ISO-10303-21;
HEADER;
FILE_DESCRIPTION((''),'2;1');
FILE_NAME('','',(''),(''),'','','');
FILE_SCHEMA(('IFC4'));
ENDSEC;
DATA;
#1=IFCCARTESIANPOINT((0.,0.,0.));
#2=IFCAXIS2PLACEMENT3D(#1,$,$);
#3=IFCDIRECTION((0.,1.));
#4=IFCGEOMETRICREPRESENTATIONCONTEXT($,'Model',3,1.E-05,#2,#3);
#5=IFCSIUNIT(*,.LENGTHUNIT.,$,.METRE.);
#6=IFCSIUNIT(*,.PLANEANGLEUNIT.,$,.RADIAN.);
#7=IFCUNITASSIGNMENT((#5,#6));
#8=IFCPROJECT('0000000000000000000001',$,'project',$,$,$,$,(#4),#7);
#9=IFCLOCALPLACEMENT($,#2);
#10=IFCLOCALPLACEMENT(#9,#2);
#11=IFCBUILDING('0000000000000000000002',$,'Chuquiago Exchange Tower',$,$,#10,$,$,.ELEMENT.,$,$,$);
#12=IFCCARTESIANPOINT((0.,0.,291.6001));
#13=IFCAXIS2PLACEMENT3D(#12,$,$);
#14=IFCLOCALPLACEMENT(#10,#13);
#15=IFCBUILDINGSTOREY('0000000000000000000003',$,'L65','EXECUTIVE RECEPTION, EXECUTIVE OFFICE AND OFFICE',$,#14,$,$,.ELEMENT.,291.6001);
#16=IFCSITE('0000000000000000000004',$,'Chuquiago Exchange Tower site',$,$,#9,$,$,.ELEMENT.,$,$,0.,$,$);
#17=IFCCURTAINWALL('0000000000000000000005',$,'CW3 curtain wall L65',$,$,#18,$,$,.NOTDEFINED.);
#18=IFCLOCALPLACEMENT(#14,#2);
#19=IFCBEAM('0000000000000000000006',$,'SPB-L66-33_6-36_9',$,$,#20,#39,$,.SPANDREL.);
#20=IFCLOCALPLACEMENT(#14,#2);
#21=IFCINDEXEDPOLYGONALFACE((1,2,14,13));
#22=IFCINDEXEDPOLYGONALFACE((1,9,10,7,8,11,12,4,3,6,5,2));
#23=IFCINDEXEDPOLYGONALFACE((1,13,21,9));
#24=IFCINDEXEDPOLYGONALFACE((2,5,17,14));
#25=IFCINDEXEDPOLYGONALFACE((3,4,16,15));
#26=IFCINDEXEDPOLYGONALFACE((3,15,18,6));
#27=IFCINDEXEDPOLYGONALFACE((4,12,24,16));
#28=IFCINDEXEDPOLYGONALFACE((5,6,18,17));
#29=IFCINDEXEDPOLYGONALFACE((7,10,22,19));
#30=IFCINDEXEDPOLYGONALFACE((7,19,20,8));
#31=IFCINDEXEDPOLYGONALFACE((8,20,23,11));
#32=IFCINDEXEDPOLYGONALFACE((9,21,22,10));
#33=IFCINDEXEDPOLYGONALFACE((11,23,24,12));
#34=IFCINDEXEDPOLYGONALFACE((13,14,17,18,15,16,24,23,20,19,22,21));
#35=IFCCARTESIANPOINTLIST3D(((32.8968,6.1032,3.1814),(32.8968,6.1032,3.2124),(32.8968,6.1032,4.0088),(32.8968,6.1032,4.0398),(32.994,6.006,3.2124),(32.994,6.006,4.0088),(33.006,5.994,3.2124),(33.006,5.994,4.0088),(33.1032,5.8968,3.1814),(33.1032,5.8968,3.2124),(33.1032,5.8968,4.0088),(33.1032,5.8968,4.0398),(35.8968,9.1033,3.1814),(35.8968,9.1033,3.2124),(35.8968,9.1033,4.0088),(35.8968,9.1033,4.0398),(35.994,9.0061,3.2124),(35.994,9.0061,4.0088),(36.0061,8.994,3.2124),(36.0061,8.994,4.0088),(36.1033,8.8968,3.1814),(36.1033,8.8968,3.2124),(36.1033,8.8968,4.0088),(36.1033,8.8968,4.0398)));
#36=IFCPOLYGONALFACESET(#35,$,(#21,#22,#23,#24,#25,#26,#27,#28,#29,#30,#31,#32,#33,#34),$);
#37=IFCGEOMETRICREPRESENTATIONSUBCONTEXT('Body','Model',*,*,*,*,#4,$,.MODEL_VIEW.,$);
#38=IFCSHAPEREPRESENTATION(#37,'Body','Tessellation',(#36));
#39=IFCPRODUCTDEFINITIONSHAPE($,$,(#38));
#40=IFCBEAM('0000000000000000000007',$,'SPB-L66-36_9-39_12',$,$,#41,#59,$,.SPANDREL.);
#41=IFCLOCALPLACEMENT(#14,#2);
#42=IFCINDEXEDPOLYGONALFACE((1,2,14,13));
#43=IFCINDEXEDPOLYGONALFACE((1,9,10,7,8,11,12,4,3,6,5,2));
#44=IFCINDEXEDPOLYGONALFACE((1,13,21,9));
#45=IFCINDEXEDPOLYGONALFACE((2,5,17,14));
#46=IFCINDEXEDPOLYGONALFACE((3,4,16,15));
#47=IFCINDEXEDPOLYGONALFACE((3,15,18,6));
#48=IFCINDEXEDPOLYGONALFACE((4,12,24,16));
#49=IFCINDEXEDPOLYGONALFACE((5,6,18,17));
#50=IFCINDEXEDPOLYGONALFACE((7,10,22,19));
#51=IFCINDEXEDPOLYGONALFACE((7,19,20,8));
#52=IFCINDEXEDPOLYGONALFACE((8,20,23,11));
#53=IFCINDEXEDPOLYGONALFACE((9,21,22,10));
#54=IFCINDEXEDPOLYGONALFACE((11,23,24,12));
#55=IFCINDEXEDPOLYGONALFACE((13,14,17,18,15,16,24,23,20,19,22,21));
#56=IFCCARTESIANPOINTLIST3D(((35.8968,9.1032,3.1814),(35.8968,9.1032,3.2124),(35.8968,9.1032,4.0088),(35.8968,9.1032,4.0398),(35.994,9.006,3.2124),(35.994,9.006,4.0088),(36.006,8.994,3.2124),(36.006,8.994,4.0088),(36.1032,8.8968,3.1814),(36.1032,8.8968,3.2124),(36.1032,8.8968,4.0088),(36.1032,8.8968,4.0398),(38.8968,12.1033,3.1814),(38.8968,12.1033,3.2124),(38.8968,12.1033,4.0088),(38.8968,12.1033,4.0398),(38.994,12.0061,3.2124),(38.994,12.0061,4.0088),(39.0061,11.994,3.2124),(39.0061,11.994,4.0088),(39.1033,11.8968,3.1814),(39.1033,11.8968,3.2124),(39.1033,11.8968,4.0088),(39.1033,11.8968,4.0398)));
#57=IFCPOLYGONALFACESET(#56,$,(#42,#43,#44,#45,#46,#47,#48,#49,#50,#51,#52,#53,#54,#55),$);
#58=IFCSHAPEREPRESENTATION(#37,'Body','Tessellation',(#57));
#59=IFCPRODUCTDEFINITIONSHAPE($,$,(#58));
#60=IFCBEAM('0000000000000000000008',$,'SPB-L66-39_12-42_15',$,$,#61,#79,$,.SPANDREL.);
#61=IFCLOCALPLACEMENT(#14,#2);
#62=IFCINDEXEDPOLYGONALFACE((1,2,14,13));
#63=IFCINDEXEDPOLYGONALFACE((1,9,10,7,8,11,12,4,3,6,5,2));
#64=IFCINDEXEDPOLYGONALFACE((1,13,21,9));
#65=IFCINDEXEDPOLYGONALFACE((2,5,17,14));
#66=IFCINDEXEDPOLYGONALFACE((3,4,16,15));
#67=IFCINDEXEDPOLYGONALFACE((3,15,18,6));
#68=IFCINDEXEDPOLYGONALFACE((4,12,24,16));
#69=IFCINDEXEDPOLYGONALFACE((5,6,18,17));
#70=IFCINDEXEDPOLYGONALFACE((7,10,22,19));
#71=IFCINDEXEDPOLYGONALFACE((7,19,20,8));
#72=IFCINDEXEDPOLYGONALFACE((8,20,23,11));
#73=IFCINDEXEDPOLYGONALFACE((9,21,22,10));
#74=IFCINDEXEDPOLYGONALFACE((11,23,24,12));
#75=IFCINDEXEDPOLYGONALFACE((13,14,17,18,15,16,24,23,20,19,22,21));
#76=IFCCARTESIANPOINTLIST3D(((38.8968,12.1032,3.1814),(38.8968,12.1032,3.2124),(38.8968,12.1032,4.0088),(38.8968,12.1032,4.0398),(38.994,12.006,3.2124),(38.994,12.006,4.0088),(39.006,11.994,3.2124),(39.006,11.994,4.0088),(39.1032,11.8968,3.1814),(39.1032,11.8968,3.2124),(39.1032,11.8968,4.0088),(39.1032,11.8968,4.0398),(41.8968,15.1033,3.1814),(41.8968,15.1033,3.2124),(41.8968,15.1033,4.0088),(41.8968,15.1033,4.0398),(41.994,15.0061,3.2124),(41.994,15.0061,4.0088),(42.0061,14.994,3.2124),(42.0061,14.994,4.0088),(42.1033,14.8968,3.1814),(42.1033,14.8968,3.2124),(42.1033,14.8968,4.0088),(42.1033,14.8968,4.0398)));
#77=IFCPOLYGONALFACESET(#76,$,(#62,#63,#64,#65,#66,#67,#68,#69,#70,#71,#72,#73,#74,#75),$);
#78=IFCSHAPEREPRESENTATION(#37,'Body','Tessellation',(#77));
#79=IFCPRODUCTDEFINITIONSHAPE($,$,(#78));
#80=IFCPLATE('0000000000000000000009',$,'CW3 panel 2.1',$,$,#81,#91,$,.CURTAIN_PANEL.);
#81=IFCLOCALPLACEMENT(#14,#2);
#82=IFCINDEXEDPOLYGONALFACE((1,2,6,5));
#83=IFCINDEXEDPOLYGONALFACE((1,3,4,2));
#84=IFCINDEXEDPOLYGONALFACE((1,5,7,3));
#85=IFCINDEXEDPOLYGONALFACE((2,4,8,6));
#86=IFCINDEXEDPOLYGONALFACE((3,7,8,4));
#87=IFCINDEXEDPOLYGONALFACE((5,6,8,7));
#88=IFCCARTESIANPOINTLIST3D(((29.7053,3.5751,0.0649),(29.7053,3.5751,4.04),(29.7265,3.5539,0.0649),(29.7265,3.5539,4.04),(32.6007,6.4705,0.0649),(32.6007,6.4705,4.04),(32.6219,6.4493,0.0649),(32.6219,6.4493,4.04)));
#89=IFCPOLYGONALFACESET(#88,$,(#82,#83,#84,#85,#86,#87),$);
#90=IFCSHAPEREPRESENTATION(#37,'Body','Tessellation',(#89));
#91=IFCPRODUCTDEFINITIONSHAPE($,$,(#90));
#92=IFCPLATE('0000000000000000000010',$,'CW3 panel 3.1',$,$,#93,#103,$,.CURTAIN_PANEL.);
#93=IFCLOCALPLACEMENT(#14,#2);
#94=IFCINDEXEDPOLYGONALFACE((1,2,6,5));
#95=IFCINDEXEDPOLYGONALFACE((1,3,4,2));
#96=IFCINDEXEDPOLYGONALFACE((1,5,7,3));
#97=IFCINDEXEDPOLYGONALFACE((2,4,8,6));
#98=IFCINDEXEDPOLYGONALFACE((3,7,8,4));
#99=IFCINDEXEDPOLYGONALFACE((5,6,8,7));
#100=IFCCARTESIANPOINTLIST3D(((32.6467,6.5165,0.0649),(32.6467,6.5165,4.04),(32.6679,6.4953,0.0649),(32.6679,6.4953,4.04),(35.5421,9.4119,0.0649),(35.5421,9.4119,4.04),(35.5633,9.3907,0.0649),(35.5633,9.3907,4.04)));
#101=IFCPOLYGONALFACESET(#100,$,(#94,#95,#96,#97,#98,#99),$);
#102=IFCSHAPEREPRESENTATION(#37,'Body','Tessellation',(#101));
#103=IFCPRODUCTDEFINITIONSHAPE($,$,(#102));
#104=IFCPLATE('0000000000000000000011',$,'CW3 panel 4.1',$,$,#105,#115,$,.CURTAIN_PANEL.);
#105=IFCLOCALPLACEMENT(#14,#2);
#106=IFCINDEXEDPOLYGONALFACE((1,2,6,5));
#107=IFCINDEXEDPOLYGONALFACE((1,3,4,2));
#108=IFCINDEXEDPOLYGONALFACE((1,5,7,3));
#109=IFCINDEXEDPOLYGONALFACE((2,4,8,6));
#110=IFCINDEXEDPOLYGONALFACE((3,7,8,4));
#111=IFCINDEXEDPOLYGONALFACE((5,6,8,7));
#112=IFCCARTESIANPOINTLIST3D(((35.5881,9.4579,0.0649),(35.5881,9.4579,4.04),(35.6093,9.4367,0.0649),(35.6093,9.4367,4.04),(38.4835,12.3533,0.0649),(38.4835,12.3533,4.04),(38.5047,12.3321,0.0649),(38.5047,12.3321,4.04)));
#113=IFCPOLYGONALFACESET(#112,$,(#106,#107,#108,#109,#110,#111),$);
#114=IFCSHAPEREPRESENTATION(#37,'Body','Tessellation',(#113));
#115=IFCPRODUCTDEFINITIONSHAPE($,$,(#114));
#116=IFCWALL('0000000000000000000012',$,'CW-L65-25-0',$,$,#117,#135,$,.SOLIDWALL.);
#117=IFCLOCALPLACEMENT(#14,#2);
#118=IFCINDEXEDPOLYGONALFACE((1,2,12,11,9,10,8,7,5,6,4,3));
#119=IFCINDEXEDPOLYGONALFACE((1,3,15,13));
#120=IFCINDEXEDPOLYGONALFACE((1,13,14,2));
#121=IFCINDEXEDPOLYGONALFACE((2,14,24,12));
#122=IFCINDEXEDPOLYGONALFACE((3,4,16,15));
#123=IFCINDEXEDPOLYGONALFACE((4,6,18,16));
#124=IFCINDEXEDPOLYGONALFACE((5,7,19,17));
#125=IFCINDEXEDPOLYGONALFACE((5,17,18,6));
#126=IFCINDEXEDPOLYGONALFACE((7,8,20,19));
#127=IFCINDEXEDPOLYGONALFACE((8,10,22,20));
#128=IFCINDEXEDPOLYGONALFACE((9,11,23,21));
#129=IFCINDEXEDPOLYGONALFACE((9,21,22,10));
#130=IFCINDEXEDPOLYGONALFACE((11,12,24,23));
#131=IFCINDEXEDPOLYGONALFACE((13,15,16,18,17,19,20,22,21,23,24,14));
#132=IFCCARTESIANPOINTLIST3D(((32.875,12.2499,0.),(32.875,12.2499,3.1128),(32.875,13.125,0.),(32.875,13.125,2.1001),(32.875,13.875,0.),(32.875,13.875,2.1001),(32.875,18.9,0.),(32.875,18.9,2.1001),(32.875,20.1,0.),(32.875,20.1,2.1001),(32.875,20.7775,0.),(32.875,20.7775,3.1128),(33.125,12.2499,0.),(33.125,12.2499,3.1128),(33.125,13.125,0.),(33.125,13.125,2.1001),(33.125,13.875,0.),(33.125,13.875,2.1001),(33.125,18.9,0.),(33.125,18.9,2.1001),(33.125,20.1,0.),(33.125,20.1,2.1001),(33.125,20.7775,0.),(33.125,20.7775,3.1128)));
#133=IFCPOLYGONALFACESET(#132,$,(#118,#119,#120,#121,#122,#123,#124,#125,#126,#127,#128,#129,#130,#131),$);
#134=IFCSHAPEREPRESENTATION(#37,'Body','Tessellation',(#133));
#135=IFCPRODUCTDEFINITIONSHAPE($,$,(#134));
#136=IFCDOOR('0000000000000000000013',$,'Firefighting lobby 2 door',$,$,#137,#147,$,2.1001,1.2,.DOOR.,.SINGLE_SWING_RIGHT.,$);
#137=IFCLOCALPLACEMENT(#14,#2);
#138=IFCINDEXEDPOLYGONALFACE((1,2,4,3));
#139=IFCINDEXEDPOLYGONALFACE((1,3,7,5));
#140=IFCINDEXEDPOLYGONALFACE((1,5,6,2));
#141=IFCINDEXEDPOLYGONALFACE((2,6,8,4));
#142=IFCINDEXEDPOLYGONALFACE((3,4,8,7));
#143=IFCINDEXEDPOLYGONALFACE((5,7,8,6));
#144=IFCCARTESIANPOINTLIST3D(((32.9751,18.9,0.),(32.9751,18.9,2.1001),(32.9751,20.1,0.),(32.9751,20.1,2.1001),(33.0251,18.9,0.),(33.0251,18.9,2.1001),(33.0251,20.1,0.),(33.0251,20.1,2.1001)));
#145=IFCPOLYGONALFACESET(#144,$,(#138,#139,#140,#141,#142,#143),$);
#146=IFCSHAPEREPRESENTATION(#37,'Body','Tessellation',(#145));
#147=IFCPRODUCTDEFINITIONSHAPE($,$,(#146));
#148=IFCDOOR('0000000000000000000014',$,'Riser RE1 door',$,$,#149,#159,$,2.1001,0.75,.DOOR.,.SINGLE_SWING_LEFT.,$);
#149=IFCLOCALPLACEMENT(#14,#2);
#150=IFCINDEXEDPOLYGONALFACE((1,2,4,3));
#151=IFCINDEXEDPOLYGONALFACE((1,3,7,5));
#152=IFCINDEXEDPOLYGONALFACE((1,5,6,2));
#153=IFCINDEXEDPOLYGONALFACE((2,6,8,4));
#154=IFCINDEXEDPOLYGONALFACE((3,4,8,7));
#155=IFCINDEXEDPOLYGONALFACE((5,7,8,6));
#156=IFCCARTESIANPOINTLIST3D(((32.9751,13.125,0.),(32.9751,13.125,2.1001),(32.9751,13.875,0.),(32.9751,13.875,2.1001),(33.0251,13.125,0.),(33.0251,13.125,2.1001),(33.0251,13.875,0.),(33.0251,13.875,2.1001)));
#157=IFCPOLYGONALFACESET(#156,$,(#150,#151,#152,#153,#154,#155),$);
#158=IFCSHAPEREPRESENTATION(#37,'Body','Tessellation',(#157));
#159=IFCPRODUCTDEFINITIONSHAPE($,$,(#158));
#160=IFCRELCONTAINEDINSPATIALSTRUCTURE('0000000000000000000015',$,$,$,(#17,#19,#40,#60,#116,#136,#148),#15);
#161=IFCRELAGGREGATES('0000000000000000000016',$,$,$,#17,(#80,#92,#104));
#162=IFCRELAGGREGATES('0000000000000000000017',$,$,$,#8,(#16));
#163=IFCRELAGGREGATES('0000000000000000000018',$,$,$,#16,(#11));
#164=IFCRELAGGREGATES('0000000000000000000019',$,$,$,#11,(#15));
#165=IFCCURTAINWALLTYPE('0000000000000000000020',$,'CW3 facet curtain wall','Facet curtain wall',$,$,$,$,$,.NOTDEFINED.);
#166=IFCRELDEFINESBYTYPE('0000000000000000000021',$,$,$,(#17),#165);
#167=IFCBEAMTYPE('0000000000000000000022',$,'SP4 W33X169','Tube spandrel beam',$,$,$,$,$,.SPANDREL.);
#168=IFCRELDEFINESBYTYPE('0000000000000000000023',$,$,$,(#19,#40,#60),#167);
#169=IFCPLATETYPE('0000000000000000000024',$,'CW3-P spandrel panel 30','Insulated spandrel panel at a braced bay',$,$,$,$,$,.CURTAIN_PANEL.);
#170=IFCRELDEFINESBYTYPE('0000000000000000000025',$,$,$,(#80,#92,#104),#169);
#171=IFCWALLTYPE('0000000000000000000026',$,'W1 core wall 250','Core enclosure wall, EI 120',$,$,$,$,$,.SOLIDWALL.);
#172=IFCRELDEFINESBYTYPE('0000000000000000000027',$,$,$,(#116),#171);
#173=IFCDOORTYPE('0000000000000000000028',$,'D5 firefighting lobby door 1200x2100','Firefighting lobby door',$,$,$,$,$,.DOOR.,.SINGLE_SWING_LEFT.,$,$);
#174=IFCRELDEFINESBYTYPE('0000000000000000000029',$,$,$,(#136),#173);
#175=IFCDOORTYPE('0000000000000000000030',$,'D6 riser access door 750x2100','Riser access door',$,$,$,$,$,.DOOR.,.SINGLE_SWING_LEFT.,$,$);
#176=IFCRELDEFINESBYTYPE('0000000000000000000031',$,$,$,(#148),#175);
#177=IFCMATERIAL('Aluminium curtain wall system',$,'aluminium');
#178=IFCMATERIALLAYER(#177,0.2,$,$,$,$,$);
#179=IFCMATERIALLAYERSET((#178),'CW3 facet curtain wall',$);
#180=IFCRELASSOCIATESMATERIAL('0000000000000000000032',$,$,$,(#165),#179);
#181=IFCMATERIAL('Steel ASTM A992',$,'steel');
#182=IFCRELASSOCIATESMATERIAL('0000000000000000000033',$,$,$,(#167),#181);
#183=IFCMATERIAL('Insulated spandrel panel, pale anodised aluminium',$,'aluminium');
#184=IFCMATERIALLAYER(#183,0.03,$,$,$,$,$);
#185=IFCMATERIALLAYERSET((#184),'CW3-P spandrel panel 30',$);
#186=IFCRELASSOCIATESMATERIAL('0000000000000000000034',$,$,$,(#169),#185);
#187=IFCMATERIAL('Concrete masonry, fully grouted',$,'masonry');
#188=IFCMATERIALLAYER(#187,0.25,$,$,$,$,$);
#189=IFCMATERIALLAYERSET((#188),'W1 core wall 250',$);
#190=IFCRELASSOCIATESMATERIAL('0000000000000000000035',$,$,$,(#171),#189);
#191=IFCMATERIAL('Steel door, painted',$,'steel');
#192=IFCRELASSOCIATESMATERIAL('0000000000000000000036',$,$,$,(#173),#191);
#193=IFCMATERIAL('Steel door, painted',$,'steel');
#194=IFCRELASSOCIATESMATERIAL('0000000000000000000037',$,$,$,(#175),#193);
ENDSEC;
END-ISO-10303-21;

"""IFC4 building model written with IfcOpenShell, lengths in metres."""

from ifc_helpers import new_model, si_unit, direction, frame, frame_2d, origin, origin_2d, place, context, subcontext, project, spatial, rectangle, i_section, extrude, material, layer, layer_set, material_profile, profile_set, type_object, element, fill, aggregate, save


model = new_model("IFC4")

# Units and contexts
model_context = context("Model", 3, precision=1e-05, world=origin(), true_north=direction((0.0, 1.0)))
body_context = subcontext(model_context, "Body", "Model", "MODEL_VIEW")
ifc_project = project(units=[si_unit("LENGTHUNIT", "METRE"), si_unit("PLANEANGLEUNIT", "RADIAN")], contexts=[model_context])

# Site, building, storey
site_placement = place(None, origin())
site = spatial("IfcSite", under=ifc_project, at=site_placement, Name="Chuquiago Exchange Tower site", CompositionType="ELEMENT", RefElevation=0.0)
building_placement = place(site_placement, origin())
building = spatial("IfcBuilding", under=site, at=building_placement, Name="Chuquiago Exchange Tower", CompositionType="ELEMENT")
storey_placement = place(building_placement, frame((0.0, 0.0, 291.6001)))
storey = spatial("IfcBuildingStorey", under=building, at=storey_placement, Name="L65", Description="EXECUTIVE RECEPTION, EXECUTIVE OFFICE AND OFFICE", CompositionType="ELEMENT", Elevation=291.6001)

# Curtain wall
ifc_material_1 = material(Name="Aluminium curtain wall system", Category="aluminium")
ifc_layer_1 = layer(ifc_material_1, 0.2)
ifc_layer_set_1 = layer_set([ifc_layer_1], Name="CW3 facet curtain wall")
curtain_wall_type = type_object("IfcCurtainWallType", Name="CW3 facet curtain wall", Description="Facet curtain wall", PredefinedType="NOTDEFINED", material=ifc_layer_set_1)
curtain_wall_placement = place(storey_placement, origin())
curtain_wall = element("IfcCurtainWall", 1, at=curtain_wall_placement, inside=storey, type_object=curtain_wall_type, Name="CW3 curtain wall L65", PredefinedType="NOTDEFINED")

# Beams
ifc_material_2 = material(Name="Steel ASTM A992", Category="steel")
ifc_material_profile_1 = material_profile(ifc_material_2, i_section(OverallWidth=0.292, OverallDepth=0.8584, WebThickness=0.0171, FlangeThickness=0.031, at=origin_2d()), Name="W33X169")
ifc_profile_set_1 = profile_set([ifc_material_profile_1], Name="Steel ASTM A992")
beam_type_1 = type_object("IfcBeamType", Name="SP4 W33X169", Description="Tube spandrel beam", PredefinedType="SPANDREL", material=ifc_profile_set_1)
for number, where, z_axis, x_axis, name in (
    (2, (33.0, 6.0, 3.6106), (0.707107, 0.707107, 0.0), (-0.707107, 0.707107, 0.0), "SPB-L66-33_6-36_9"),
    (3, (36.0, 9.0, 3.6106), (0.707107, 0.707107, 0.0), (-0.707107, 0.707107, 0.0), "SPB-L66-36_9-39_12"),
    (4, (39.0, 12.0, 3.6106), (0.707107, 0.707107, 0.0), (-0.707107, 0.707107, 0.0), "SPB-L66-39_12-42_15"),
):
    element("IfcBeam", number, at=place(storey_placement, frame(where, z_axis=z_axis, x_axis=x_axis)), inside=storey, type_object=beam_type_1, Name=name, PredefinedType="SPANDREL", context=body_context, shape_type="SweptSolid", body=[
        extrude(i_section(OverallWidth=0.292, OverallDepth=0.8584, WebThickness=0.0171, FlangeThickness=0.031, at=origin_2d()), origin(), (0.0, 0.0, 1.0), 4.2427),
    ])

# Plates
ifc_material_3 = material(Name="Insulated spandrel panel, pale anodised aluminium", Category="aluminium")
ifc_layer_2 = layer(ifc_material_3, 0.03)
ifc_layer_set_2 = layer_set([ifc_layer_2], Name="CW3-P spandrel panel 30")
plate_type = type_object("IfcPlateType", Name="CW3-P spandrel panel 30", Description="Insulated spandrel panel at a braced bay", PredefinedType="CURTAIN_PANEL", material=ifc_layer_set_2)
plate_1_placement = place(storey_placement, frame((31.1636, 5.0122, 0.0649), z_axis=(0.0, 0.0, 1.0), x_axis=(0.707107, 0.707107, 0.0)))
plate_1 = element("IfcPlate", 5, at=plate_1_placement, type_object=plate_type, Name="CW3 panel 2.1", PredefinedType="CURTAIN_PANEL", context=body_context, shape_type="SweptSolid", body=[
    extrude(rectangle(XDim=4.0947, YDim=0.03, at=origin_2d()), origin(), (0.0, 0.0, 1.0), 3.9751),
])
plate_2_placement = place(storey_placement, frame((34.105, 7.9536, 0.0649), z_axis=(0.0, 0.0, 1.0), x_axis=(0.707107, 0.707107, 0.0)))
plate_2 = element("IfcPlate", 6, at=plate_2_placement, type_object=plate_type, Name="CW3 panel 3.1", PredefinedType="CURTAIN_PANEL", context=body_context, shape_type="SweptSolid", body=[
    extrude(rectangle(XDim=4.0947, YDim=0.03, at=origin_2d()), origin(), (0.0, 0.0, 1.0), 3.9751),
])
plate_3_placement = place(storey_placement, frame((37.0464, 10.895, 0.0649), z_axis=(0.0, 0.0, 1.0), x_axis=(0.707107, 0.707107, 0.0)))
plate_3 = element("IfcPlate", 7, at=plate_3_placement, type_object=plate_type, Name="CW3 panel 4.1", PredefinedType="CURTAIN_PANEL", context=body_context, shape_type="SweptSolid", body=[
    extrude(rectangle(XDim=4.0947, YDim=0.03, at=origin_2d()), origin(), (0.0, 0.0, 1.0), 3.9751),
])
aggregate(curtain_wall, [plate_1, plate_2, plate_3])

# Wall, openings, doors
ifc_material_4 = material(Name="Concrete masonry, fully grouted", Category="masonry")
ifc_layer_3 = layer(ifc_material_4, 0.25)
ifc_layer_set_3 = layer_set([ifc_layer_3], Name="W1 core wall 250")
wall_type_1 = type_object("IfcWallType", Name="W1 core wall 250", Description="Core enclosure wall, EI 120", PredefinedType="SOLIDWALL", material=ifc_layer_set_3)
wall_1_placement = place(storey_placement, frame((33.0, 12.25, 0.0), z_axis=(0.0, 0.0, 1.0), x_axis=(0.0, 1.0, 0.0)))
wall_1 = element("IfcWall", 8, at=wall_1_placement, inside=storey, type_object=wall_type_1, Name="CW-L65-25-0", PredefinedType="SOLIDWALL", context=body_context, shape_type="SweptSolid", body=[
    extrude(rectangle(XDim=8.5276, YDim=0.25, at=frame_2d((4.2637, 0.0))), origin(), (0.0, 0.0, 1.0), 3.1128),
])
opening_1_placement = place(wall_1_placement, frame((6.6499, 0.0, 0.0)))
opening_1 = element("IfcOpeningElement", 9, at=opening_1_placement, cuts=wall_1, PredefinedType="OPENING", context=body_context, shape_type="SweptSolid", body=[
    extrude(rectangle(XDim=1.2, YDim=2.1001, at=frame_2d((0.6001, 1.05))), frame((0.0, 0.135, 0.0), z_axis=(0.0, -1.0, 0.0), x_axis=(1.0, 0.0, 0.0)), (0.0, 0.0, 1.0), 0.27),
])
opening_2_placement = place(wall_1_placement, frame((0.875, 0.0, 0.0)))
opening_2 = element("IfcOpeningElement", 10, at=opening_2_placement, cuts=wall_1, PredefinedType="OPENING", context=body_context, shape_type="SweptSolid", body=[
    extrude(rectangle(XDim=0.75, YDim=2.1001, at=frame_2d((0.375, 1.05))), frame((0.0, 0.135, 0.0), z_axis=(0.0, -1.0, 0.0), x_axis=(1.0, 0.0, 0.0)), (0.0, 0.0, 1.0), 0.27),
])
ifc_material_5 = material(Name="Steel door, painted", Category="steel")
door_type_1 = type_object("IfcDoorType", Name="D5 firefighting lobby door 1200x2100", Description="Firefighting lobby door", OperationType="SINGLE_SWING_LEFT", PredefinedType="DOOR", material=ifc_material_5)
door_1_placement = place(opening_1_placement, origin())
door_1 = element("IfcDoor", 11, at=door_1_placement, inside=storey, type_object=door_type_1, Name="Firefighting lobby 2 door", OperationType="SINGLE_SWING_RIGHT", OverallHeight=2.1001, OverallWidth=1.2, PredefinedType="DOOR", context=body_context, shape_type="SweptSolid", body=[
    extrude(rectangle(XDim=1.2, YDim=2.1001, at=frame_2d((0.6001, 1.05))), frame((0.0, 0.0249, 0.0), z_axis=(0.0, -1.0, 0.0), x_axis=(1.0, 0.0, 0.0)), (0.0, 0.0, 1.0), 0.05),
])
fill(opening_1, door_1)
ifc_material_6 = material(Name="Steel door, painted", Category="steel")
door_type_2 = type_object("IfcDoorType", Name="D6 riser access door 750x2100", Description="Riser access door", OperationType="SINGLE_SWING_LEFT", PredefinedType="DOOR", material=ifc_material_6)
door_2_placement = place(opening_2_placement, origin())
door_2 = element("IfcDoor", 12, at=door_2_placement, inside=storey, type_object=door_type_2, Name="Riser RE1 door", OperationType="SINGLE_SWING_LEFT", OverallHeight=2.1001, OverallWidth=0.75, PredefinedType="DOOR", context=body_context, shape_type="SweptSolid", body=[
    extrude(rectangle(XDim=0.75, YDim=2.1001, at=frame_2d((0.375, 1.05))), frame((0.0, 0.0249, 0.0), z_axis=(0.0, -1.0, 0.0), x_axis=(1.0, 0.0, 0.0)), (0.0, 0.0, 1.0), 0.05),
])
fill(opening_2, door_2)

save(model, "model.ifc")
